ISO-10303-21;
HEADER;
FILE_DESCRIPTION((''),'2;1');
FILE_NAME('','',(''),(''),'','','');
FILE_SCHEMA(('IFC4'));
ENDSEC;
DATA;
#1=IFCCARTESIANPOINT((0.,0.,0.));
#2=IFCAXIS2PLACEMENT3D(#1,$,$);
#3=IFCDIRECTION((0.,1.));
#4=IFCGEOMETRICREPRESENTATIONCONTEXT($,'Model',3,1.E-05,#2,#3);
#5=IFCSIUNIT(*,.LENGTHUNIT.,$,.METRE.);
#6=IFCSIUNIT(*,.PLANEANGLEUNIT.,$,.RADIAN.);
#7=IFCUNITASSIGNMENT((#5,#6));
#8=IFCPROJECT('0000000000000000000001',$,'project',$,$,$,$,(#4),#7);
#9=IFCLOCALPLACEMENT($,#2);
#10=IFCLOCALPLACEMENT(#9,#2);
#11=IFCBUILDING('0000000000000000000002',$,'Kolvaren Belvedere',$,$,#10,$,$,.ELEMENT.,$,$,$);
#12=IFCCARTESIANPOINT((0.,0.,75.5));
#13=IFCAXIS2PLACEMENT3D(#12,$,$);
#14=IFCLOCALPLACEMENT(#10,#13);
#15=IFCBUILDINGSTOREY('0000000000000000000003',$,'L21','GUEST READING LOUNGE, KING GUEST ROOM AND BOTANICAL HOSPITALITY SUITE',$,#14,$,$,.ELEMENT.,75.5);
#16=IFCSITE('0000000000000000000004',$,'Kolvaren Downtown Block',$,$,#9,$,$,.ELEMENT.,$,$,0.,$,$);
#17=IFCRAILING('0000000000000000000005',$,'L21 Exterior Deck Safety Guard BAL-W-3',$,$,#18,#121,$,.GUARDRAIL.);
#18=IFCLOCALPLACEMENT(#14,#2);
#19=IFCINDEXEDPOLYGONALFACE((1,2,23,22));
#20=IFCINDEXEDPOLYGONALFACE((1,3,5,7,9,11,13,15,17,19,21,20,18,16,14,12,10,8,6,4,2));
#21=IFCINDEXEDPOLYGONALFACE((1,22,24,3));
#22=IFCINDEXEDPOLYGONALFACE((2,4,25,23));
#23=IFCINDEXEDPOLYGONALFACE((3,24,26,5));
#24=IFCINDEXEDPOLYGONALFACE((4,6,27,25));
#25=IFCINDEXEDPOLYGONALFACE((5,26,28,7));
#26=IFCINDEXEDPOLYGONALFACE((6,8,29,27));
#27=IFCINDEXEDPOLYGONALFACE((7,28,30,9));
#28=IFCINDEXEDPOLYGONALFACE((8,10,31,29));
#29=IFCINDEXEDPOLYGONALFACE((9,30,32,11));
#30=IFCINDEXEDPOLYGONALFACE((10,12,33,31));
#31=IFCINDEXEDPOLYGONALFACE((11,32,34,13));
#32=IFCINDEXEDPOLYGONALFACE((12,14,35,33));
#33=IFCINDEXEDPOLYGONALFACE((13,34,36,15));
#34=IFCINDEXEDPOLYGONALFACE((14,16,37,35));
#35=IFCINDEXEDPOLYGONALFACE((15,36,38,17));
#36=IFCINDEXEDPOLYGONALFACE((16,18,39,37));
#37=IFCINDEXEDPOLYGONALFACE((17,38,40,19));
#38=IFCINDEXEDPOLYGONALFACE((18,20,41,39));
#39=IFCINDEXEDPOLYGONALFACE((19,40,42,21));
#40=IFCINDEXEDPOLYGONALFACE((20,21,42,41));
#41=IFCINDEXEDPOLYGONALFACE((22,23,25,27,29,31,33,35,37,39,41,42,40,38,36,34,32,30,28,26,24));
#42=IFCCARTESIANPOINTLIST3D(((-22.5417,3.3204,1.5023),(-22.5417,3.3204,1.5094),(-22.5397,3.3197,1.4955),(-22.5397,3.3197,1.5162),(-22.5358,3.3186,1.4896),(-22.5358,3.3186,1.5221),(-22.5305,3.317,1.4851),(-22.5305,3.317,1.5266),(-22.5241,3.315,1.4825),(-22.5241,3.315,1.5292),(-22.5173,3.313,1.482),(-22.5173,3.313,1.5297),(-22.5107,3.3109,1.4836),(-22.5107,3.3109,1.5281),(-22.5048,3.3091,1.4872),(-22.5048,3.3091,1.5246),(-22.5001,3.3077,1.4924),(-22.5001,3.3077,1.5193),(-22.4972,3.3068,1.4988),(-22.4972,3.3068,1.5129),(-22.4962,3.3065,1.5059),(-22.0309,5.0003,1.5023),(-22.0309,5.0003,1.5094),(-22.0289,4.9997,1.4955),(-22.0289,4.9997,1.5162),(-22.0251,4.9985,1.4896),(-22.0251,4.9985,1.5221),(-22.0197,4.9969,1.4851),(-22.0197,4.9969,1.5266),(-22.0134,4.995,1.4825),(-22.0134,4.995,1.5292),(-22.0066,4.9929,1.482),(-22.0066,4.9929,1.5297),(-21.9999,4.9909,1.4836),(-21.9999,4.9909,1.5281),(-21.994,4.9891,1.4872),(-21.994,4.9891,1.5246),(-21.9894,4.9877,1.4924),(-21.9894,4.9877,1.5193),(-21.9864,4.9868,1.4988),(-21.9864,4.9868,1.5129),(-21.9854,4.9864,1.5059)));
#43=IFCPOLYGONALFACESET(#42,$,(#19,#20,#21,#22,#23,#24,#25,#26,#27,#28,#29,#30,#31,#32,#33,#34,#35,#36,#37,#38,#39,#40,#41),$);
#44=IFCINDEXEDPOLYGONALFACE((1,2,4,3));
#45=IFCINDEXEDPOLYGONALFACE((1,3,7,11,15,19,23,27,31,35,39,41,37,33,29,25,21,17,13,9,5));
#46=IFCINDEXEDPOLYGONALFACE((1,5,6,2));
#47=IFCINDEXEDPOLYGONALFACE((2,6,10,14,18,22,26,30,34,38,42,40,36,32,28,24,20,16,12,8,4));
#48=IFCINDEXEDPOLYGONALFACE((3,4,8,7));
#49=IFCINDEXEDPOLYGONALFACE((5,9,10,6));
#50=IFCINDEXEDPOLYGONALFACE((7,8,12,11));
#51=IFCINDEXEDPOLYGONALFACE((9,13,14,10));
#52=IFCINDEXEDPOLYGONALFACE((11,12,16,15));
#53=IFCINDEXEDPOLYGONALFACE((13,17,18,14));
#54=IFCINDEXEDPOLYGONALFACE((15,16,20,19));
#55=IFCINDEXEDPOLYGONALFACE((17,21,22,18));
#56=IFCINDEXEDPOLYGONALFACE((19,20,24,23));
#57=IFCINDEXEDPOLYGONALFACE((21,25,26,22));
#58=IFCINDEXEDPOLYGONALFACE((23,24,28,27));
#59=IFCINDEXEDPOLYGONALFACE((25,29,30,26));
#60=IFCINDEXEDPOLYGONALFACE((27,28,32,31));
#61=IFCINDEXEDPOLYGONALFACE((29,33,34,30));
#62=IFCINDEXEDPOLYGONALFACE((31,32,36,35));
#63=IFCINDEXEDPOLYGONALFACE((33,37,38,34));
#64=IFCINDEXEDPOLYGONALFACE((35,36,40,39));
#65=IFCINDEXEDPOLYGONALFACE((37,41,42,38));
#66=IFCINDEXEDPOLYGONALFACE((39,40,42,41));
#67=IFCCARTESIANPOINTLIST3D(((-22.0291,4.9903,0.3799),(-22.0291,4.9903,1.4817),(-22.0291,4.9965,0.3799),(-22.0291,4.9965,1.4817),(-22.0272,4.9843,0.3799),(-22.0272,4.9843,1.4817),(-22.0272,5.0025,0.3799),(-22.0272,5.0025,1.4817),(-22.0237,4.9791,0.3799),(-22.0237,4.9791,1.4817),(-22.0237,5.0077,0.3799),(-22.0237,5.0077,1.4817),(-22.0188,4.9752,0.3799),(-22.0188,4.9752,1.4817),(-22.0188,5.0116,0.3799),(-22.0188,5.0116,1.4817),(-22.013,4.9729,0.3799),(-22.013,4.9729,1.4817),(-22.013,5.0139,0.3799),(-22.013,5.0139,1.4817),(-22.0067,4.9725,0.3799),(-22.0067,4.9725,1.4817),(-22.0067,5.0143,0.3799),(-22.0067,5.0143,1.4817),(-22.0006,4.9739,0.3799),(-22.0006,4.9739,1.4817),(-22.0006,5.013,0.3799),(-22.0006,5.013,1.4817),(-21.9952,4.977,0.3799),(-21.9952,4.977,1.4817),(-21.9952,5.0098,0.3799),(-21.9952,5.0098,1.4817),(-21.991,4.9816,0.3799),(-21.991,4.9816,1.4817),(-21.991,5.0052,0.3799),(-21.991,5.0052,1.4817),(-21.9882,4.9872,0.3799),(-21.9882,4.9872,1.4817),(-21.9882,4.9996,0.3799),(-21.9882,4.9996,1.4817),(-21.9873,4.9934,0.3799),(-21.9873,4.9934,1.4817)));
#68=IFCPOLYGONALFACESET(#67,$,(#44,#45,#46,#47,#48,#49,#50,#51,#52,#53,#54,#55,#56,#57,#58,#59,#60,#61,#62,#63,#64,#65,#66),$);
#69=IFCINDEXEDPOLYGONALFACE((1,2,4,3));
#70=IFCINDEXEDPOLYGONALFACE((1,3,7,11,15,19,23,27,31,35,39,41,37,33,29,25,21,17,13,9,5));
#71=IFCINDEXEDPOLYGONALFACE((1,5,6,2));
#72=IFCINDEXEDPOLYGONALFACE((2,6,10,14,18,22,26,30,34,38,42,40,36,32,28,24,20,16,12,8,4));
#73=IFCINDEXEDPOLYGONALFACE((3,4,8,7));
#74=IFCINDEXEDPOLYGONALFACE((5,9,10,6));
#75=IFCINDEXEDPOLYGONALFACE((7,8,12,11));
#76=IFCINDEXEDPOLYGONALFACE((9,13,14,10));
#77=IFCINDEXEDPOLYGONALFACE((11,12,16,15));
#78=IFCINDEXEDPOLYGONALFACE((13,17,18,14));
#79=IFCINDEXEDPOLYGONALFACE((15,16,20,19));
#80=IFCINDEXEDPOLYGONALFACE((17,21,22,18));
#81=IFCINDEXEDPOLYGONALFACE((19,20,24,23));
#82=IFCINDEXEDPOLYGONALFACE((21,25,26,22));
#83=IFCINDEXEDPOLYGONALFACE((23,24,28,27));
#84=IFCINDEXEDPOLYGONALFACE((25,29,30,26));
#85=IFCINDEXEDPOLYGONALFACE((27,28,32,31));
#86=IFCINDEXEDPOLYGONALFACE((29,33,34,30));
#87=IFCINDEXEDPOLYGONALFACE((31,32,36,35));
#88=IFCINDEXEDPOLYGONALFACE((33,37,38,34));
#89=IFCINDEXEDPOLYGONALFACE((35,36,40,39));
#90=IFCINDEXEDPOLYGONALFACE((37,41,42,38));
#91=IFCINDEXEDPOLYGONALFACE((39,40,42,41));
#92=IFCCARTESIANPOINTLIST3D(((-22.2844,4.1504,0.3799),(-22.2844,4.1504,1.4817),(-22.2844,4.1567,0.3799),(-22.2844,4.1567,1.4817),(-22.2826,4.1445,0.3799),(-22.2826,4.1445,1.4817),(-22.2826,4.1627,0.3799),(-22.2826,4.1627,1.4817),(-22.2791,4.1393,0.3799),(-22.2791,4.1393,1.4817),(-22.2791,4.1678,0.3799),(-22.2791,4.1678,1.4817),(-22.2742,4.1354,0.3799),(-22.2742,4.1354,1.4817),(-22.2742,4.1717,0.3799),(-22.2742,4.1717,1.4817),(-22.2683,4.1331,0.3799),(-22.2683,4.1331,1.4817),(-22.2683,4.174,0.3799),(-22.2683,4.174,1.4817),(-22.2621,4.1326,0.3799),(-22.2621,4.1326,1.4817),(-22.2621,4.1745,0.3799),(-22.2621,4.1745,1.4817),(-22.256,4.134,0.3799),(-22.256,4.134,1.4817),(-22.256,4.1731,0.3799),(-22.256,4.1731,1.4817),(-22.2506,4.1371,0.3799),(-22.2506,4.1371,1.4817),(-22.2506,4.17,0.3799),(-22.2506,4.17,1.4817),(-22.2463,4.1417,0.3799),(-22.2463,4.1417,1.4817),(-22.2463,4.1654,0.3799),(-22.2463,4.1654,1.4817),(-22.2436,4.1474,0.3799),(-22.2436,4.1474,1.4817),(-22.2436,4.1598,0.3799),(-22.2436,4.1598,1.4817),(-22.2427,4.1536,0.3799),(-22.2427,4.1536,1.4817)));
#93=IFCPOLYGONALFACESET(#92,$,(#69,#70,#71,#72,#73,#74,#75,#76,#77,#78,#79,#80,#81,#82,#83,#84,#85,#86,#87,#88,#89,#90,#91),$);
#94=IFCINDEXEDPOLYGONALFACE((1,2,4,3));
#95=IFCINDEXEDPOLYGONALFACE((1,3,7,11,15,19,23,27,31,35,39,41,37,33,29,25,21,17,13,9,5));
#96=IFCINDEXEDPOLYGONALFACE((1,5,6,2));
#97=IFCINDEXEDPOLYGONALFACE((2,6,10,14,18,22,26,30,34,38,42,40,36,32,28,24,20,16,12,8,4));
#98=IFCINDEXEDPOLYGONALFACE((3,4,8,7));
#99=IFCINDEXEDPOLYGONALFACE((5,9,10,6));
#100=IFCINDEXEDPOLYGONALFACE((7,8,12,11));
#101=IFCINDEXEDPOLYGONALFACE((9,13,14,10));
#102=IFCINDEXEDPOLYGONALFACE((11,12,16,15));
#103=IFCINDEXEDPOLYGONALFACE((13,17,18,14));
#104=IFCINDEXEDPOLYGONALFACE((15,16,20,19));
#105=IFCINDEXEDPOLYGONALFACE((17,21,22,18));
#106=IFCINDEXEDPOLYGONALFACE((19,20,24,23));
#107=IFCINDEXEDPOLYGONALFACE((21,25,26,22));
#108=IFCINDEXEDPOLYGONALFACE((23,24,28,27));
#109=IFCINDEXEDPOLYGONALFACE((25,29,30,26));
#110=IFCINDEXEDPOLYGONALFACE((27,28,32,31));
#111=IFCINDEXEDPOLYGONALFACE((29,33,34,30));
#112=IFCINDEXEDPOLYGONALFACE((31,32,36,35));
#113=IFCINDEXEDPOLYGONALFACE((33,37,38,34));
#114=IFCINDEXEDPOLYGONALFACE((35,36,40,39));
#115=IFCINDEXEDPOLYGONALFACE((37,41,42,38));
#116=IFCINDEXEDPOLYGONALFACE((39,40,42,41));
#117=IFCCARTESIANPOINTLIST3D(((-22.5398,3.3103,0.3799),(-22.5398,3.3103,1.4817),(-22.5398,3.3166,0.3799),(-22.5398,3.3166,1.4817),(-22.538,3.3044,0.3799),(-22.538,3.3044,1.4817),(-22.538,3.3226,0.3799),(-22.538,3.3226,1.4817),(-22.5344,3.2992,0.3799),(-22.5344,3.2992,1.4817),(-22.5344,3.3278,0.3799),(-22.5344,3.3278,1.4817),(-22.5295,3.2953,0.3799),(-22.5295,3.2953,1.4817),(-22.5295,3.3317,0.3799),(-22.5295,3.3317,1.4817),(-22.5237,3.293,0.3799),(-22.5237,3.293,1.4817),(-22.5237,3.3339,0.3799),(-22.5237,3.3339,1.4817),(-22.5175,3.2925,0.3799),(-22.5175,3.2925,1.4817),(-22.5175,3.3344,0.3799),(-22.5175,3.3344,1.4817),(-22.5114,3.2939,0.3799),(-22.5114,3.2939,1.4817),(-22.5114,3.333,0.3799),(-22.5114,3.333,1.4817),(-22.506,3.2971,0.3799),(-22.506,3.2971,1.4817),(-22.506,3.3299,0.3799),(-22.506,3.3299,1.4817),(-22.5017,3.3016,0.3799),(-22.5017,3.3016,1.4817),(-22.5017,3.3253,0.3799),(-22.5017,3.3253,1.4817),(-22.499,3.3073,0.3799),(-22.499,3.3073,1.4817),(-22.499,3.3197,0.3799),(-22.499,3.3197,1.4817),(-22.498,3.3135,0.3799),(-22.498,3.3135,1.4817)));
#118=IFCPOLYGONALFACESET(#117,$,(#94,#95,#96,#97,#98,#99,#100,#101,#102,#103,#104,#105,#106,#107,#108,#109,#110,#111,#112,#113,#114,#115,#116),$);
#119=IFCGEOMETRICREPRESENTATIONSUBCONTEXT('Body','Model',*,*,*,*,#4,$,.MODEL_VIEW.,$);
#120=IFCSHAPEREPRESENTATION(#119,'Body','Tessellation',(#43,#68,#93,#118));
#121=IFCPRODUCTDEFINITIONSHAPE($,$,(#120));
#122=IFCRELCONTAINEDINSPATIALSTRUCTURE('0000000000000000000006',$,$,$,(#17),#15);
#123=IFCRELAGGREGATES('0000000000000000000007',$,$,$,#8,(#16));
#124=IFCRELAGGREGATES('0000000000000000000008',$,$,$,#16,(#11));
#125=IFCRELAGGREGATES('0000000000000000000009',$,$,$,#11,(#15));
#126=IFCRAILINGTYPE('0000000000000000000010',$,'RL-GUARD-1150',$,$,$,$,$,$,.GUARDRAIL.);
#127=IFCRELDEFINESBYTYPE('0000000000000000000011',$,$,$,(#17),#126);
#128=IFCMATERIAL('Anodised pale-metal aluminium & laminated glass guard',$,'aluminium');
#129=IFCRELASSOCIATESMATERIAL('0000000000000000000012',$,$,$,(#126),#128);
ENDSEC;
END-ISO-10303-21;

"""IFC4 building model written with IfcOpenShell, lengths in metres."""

from ifc_helpers import new_model, si_unit, direction, frame, origin, origin_2d, place, context, subcontext, project, spatial, circle, extrude, material, type_object, element, save


model = new_model("IFC4")

# Units and contexts
model_context = context("Model", 3, precision=1e-05, world=origin(), true_north=direction((0.0, 1.0)))
body_context = subcontext(model_context, "Body", "Model", "MODEL_VIEW")
ifc_project = project(units=[si_unit("LENGTHUNIT", "METRE"), si_unit("PLANEANGLEUNIT", "RADIAN")], contexts=[model_context])

# Site, building, storey
site_placement = place(None, origin())
site = spatial("IfcSite", under=ifc_project, at=site_placement, Name="Kolvaren Downtown Block", CompositionType="ELEMENT", RefElevation=0.0)
building_placement = place(site_placement, origin())
building = spatial("IfcBuilding", under=site, at=building_placement, Name="Kolvaren Belvedere", CompositionType="ELEMENT")
storey_placement = place(building_placement, frame((0.0, 0.0, 75.5)))
storey = spatial("IfcBuildingStorey", under=building, at=storey_placement, Name="L21", Description="GUEST READING LOUNGE, KING GUEST ROOM AND BOTANICAL HOSPITALITY SUITE", CompositionType="ELEMENT", Elevation=75.5)

# Railing
ifc_material_1 = material(Name="Anodised pale-metal aluminium & laminated glass guard", Category="aluminium")
railing_type = type_object("IfcRailingType", Name="RL-GUARD-1150", PredefinedType="GUARDRAIL", material=ifc_material_1)
railing_1_placement = place(storey_placement, frame((-22.0083, 4.9934, 0.3799)))
element("IfcRailing", 1, at=railing_1_placement, inside=storey, type_object=railing_type, Name="L21 Exterior Deck Safety Guard BAL-W-3", PredefinedType="GUARDRAIL", context=body_context, shape_type="SweptSolid", body=[
    extrude(circle(Radius=0.0239, at=origin_2d()), frame((0.0, 0.0, 1.126), z_axis=(-0.290879, -0.95676, 0.0), x_axis=(0.95676, -0.290879, 0.0)), (0.0, 0.0, 1.0), 1.7559),
    extrude(circle(Radius=0.021, at=origin_2d()), origin(), (0.0, 0.0, 1.0), 1.1018),
    extrude(circle(Radius=0.021, at=origin_2d()), frame((-0.2554, -0.8398, 0.0)), (0.0, 0.0, 1.0), 1.1018),
    extrude(circle(Radius=0.021, at=origin_2d()), frame((-0.5107, -1.6799, 0.0)), (0.0, 0.0, 1.0), 1.1018),
])

save(model, "model.ifc")
